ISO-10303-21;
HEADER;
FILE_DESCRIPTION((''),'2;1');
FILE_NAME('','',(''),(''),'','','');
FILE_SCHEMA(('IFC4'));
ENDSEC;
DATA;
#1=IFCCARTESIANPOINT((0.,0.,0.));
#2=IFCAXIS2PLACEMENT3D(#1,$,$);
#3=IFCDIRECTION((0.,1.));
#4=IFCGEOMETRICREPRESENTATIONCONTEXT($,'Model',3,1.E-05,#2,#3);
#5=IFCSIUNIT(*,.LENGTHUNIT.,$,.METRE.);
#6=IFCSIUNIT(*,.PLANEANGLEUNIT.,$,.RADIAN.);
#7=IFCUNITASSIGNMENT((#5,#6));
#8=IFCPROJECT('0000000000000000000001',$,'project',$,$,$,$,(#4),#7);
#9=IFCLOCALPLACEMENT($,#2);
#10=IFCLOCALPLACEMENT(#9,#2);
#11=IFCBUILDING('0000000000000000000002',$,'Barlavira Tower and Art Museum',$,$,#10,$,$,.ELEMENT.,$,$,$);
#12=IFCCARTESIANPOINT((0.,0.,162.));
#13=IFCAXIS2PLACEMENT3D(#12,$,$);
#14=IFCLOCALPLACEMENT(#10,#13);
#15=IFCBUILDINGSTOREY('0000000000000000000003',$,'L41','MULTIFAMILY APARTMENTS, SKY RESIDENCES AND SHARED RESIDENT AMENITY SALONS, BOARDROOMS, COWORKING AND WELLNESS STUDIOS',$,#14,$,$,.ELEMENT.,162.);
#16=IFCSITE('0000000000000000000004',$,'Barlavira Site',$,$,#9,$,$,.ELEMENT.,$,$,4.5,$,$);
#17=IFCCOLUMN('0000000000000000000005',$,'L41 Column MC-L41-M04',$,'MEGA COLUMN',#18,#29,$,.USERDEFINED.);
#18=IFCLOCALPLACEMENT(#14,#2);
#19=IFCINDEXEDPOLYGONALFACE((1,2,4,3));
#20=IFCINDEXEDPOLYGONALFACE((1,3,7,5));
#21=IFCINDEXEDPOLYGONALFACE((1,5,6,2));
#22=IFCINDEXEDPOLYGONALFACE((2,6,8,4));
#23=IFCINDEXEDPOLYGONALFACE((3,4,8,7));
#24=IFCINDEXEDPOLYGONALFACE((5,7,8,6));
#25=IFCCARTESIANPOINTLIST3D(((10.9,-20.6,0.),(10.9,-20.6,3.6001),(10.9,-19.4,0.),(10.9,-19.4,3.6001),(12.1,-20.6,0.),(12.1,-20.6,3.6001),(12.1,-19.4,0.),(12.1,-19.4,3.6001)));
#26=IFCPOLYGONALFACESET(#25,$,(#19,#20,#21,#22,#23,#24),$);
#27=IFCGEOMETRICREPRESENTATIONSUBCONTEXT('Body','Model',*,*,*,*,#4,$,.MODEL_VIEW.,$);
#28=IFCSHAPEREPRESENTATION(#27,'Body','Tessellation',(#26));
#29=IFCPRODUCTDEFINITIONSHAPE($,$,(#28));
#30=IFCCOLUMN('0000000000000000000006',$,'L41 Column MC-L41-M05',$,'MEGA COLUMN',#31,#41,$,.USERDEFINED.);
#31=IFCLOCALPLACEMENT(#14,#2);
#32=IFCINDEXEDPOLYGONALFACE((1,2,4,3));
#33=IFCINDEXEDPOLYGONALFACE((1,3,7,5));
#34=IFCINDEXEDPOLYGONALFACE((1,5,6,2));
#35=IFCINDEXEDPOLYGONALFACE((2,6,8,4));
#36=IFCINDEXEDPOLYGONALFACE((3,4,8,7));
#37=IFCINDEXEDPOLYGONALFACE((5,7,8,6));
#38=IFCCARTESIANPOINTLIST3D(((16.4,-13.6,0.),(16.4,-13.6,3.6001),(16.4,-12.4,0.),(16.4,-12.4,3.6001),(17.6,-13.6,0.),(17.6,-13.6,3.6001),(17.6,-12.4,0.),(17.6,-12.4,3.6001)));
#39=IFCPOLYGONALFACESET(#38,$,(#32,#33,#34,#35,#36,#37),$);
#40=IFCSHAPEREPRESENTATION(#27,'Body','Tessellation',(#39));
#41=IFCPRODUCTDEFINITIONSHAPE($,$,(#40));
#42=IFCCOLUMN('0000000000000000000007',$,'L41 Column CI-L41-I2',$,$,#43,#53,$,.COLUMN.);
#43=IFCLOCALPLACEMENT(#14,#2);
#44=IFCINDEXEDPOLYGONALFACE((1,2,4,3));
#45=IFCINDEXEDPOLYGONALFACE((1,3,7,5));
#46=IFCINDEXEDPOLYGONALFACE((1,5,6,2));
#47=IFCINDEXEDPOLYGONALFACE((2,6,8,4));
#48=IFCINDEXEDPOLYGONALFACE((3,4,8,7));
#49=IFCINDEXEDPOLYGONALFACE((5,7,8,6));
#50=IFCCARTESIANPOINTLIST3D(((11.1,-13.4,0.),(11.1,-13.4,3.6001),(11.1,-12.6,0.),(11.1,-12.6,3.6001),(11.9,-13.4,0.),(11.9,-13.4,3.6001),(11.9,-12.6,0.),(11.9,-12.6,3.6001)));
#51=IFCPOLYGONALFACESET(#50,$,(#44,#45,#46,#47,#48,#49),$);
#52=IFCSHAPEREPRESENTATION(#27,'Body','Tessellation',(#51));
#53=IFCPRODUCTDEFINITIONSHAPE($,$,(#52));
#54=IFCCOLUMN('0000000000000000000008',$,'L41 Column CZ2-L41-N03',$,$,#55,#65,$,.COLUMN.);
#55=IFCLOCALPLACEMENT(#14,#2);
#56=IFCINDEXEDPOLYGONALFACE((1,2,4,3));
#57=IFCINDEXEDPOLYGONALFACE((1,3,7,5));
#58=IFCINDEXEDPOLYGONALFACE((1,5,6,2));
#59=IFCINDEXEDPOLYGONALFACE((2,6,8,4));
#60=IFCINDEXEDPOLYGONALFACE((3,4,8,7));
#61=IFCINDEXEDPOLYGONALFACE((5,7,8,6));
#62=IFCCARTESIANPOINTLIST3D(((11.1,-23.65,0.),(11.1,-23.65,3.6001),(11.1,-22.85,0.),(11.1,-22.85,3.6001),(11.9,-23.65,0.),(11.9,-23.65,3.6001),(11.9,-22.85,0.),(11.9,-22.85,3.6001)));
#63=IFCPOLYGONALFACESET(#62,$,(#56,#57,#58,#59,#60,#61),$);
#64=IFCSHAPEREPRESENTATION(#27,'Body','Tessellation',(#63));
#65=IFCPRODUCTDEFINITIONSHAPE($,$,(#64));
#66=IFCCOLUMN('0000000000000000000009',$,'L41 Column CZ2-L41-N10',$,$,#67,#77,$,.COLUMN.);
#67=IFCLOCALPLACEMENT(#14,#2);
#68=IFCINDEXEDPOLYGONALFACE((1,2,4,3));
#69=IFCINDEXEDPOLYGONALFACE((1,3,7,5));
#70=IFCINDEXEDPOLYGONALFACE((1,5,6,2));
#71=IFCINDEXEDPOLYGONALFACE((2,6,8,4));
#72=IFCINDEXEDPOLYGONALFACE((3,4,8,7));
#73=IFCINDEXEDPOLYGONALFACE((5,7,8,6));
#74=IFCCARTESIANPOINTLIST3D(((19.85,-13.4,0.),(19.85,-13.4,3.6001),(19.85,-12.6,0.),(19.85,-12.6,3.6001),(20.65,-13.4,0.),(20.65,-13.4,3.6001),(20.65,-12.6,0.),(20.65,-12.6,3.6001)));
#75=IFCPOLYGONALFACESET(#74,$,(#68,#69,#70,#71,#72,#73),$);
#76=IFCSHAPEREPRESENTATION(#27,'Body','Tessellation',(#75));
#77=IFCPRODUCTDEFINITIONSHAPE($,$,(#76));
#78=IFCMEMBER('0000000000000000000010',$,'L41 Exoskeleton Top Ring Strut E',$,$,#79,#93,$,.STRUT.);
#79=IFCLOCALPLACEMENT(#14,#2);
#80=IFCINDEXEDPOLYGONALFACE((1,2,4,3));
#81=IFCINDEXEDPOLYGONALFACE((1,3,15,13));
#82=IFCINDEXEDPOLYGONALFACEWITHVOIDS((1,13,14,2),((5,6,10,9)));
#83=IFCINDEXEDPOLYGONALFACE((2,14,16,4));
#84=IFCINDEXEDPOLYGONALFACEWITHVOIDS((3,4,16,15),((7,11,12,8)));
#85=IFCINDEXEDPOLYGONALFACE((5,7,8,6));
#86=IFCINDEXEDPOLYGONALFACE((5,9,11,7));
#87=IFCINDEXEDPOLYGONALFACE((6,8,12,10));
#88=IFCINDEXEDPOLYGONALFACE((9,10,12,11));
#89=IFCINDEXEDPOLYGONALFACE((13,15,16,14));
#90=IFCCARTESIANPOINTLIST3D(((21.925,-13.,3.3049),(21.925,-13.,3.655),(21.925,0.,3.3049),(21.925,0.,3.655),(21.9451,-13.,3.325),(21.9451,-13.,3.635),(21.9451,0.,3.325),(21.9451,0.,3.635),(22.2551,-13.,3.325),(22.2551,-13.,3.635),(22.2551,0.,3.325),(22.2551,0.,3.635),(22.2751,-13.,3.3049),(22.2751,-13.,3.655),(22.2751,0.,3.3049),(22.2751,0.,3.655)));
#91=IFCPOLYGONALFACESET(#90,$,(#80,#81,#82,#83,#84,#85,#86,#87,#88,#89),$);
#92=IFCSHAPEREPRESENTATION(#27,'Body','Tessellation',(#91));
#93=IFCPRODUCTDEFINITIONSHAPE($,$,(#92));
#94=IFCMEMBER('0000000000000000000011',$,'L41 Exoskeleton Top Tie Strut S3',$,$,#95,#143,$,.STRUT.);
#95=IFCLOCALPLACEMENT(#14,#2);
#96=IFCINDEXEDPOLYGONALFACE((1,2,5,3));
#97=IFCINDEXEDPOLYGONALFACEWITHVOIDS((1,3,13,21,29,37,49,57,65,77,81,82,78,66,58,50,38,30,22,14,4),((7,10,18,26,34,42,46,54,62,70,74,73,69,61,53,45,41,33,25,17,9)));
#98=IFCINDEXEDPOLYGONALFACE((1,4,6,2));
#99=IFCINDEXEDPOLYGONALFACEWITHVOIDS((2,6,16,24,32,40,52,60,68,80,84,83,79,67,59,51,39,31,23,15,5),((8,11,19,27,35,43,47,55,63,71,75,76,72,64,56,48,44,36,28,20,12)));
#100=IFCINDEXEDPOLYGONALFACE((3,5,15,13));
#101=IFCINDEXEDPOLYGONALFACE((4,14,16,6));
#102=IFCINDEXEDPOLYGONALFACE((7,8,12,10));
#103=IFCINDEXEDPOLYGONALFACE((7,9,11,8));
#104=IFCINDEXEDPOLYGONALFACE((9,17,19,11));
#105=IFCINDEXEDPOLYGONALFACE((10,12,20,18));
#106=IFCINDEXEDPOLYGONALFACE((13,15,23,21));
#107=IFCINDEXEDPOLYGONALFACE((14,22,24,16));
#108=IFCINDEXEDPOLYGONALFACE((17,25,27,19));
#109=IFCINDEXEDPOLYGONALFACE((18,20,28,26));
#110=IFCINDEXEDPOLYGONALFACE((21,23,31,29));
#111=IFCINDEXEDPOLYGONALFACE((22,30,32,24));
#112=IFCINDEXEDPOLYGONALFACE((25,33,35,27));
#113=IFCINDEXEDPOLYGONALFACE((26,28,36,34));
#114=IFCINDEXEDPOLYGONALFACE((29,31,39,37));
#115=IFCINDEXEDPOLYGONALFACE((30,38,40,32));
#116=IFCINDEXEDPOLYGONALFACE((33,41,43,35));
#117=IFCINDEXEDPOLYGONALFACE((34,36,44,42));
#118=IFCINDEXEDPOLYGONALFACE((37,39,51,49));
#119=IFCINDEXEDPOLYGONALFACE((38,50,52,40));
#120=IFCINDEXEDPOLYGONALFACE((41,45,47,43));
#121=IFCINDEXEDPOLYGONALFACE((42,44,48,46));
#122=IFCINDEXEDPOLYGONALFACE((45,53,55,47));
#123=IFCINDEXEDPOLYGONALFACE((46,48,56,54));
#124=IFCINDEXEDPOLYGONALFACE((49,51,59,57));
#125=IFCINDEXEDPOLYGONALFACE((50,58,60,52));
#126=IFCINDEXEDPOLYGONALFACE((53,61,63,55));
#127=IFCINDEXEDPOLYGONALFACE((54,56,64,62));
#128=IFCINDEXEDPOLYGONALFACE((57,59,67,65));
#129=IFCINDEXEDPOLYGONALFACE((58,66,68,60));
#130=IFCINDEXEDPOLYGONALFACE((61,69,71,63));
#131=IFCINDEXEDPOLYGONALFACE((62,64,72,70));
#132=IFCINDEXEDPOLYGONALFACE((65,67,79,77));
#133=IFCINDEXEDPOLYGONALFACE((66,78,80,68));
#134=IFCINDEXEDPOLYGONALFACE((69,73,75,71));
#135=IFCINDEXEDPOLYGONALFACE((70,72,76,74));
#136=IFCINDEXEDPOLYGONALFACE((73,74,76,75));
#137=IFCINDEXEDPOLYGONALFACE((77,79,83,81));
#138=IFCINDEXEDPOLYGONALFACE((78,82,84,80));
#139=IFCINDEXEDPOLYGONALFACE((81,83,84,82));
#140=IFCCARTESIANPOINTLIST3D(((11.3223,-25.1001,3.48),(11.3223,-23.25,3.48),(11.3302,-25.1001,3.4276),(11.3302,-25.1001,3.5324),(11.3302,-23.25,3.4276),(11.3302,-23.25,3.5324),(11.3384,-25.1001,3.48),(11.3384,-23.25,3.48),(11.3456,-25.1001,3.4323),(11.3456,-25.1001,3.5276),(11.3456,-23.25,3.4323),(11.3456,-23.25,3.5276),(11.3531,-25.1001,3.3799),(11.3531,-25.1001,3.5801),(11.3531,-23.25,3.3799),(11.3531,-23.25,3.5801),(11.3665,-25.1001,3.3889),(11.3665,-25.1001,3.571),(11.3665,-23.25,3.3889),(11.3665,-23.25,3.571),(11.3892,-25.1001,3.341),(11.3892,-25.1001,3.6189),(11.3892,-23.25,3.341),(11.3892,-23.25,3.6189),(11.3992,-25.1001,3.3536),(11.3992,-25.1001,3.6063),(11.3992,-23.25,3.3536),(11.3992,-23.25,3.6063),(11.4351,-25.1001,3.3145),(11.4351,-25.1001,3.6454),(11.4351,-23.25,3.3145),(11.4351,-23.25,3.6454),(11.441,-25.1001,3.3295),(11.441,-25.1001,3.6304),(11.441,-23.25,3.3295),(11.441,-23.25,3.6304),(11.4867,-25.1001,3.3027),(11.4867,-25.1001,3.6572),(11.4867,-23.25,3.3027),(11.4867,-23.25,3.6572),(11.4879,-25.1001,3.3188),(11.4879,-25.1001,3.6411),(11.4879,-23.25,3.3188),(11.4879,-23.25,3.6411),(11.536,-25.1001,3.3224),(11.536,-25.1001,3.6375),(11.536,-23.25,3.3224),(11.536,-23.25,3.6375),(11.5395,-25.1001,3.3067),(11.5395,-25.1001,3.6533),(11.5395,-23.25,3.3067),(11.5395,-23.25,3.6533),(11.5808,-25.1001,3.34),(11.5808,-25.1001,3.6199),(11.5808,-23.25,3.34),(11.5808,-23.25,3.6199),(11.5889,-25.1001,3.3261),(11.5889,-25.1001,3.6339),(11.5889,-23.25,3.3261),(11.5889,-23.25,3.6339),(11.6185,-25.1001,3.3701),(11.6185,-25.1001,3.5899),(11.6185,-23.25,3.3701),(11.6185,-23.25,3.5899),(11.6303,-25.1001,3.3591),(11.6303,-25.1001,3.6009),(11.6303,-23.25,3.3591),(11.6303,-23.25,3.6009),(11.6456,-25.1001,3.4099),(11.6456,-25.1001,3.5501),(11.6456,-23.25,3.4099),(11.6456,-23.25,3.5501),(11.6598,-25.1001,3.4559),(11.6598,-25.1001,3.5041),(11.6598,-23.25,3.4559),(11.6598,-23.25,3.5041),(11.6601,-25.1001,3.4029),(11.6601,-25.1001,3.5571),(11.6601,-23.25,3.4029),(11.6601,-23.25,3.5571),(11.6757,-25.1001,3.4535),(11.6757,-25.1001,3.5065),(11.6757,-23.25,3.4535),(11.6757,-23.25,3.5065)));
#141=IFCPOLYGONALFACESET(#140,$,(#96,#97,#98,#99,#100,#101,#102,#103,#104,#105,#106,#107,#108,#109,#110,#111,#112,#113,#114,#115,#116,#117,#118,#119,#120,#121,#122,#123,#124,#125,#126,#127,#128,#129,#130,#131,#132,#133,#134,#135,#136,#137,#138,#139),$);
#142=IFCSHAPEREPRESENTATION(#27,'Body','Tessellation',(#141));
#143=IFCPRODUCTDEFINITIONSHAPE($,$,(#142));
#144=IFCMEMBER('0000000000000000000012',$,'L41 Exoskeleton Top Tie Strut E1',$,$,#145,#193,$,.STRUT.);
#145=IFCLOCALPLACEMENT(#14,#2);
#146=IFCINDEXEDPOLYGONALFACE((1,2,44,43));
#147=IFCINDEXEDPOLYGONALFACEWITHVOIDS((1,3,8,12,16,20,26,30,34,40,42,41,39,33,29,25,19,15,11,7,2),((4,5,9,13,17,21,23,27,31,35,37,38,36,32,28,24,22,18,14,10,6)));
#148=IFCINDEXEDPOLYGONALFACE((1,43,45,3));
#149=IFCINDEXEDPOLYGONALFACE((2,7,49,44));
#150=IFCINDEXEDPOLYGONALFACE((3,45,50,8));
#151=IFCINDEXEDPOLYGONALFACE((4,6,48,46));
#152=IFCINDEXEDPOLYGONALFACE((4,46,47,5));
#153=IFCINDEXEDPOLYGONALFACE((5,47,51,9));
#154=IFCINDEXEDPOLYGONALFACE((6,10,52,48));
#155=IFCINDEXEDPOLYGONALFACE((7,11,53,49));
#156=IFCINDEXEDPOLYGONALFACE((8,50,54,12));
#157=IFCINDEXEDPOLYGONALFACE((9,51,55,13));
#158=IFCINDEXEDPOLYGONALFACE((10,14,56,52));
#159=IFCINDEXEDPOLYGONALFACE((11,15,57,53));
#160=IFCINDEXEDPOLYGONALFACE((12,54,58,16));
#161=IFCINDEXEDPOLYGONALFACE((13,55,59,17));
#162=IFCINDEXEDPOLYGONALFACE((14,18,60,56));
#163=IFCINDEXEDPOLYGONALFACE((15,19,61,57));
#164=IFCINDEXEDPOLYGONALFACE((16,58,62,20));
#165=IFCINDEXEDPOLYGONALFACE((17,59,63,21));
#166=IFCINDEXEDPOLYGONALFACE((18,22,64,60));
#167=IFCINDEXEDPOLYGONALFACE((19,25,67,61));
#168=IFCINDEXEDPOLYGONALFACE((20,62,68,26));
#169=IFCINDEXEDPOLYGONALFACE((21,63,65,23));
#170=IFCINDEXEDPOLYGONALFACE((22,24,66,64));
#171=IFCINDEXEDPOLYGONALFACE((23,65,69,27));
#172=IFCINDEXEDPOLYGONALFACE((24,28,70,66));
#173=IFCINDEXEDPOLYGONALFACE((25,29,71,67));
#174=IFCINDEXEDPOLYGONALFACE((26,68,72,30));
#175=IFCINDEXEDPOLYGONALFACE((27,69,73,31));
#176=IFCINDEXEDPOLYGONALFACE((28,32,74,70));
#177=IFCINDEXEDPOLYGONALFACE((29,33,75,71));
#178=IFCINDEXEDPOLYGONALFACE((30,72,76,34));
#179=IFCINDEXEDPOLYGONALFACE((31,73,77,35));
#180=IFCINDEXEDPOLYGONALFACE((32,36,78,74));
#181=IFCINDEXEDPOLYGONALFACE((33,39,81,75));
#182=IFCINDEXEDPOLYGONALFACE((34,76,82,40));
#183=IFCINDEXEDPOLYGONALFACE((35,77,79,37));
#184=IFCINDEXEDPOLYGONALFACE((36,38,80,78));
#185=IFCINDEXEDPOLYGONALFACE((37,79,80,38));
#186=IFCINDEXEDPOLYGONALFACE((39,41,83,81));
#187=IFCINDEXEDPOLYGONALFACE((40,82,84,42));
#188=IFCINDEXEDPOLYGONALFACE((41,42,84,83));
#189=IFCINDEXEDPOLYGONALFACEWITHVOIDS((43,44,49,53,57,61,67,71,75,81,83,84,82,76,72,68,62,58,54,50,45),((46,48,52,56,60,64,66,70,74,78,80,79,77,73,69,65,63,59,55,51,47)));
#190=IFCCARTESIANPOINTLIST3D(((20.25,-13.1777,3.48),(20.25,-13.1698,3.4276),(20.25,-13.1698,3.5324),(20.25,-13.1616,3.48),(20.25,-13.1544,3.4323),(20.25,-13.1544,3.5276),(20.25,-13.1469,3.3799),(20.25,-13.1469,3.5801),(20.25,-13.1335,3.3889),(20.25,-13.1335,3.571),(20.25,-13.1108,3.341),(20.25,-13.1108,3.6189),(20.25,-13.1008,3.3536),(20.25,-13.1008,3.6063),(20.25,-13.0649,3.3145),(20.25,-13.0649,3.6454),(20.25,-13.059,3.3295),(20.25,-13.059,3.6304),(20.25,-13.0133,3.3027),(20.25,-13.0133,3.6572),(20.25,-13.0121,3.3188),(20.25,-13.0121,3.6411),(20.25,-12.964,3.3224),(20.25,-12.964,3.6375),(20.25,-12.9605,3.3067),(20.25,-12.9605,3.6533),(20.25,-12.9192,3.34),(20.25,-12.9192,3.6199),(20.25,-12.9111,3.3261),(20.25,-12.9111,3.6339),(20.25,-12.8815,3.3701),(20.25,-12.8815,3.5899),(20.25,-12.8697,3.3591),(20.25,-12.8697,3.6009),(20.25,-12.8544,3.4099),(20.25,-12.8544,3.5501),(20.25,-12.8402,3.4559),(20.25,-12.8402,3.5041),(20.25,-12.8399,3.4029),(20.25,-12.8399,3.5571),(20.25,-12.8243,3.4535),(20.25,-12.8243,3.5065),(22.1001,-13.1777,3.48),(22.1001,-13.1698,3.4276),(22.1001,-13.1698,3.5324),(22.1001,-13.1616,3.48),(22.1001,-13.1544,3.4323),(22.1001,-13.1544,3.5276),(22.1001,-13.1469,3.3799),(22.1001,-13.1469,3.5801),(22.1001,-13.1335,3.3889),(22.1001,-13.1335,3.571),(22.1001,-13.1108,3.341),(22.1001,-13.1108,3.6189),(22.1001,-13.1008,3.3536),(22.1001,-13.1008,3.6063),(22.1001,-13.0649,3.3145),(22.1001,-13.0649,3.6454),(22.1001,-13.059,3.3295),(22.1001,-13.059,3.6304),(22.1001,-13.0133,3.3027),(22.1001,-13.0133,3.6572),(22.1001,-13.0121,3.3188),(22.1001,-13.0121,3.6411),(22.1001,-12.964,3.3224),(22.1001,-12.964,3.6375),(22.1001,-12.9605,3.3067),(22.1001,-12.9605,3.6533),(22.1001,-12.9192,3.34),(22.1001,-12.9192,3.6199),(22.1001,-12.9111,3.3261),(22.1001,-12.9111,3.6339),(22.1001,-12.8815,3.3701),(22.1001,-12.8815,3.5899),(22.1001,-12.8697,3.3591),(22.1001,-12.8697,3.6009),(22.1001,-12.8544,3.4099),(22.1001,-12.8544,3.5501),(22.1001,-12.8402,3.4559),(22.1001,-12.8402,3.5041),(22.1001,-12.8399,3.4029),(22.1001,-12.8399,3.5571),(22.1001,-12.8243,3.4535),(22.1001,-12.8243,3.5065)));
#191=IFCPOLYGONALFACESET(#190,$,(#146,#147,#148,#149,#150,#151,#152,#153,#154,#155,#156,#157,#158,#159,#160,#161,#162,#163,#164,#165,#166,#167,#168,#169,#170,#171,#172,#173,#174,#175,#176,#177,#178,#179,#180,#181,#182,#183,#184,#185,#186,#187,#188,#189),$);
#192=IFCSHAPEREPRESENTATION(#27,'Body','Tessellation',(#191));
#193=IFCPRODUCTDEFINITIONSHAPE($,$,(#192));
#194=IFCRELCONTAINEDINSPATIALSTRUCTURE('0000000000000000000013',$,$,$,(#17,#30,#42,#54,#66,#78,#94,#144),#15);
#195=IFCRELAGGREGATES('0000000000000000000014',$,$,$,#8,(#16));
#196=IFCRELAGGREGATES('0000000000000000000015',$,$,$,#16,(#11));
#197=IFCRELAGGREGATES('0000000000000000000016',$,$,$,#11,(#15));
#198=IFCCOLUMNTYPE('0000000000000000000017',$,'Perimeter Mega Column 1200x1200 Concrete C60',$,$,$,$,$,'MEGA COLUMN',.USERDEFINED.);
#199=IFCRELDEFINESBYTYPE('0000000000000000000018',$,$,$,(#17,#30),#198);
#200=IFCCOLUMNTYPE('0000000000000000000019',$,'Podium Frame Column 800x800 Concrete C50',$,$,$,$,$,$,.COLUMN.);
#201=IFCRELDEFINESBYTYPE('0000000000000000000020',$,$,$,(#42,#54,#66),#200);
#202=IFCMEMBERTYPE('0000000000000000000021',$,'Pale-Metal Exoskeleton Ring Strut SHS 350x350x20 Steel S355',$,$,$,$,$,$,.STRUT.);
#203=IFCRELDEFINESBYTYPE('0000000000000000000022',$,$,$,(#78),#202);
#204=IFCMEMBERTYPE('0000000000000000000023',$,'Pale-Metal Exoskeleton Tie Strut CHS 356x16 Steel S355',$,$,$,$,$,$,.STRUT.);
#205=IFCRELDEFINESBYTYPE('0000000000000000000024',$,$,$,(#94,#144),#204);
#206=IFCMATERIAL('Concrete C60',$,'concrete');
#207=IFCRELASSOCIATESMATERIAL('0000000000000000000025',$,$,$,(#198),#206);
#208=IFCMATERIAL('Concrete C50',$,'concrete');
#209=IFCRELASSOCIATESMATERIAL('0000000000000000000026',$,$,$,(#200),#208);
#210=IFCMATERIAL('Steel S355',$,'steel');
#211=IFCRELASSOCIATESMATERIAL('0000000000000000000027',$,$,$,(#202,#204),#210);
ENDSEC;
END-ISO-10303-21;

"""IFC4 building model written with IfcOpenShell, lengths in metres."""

from ifc_helpers import new_model, si_unit, direction, frame, origin, origin_2d, place, context, subcontext, project, spatial, rectangle, hollow_rectangle, hollow_circle, extrude, material, material_profile, profile_set, type_object, element, save


model = new_model("IFC4")

# Units and contexts
model_context = context("Model", 3, precision=1e-05, world=origin(), true_north=direction((0.0, 1.0)))
body_context = subcontext(model_context, "Body", "Model", "MODEL_VIEW")
ifc_project = project(units=[si_unit("LENGTHUNIT", "METRE"), si_unit("PLANEANGLEUNIT", "RADIAN")], contexts=[model_context])

# Site, building, storey
site_placement = place(None, origin())
site = spatial("IfcSite", under=ifc_project, at=site_placement, Name="Barlavira Site", CompositionType="ELEMENT", RefElevation=4.5)
building_placement = place(site_placement, origin())
building = spatial("IfcBuilding", under=site, at=building_placement, Name="Barlavira Tower and Art Museum", CompositionType="ELEMENT")
storey_placement = place(building_placement, frame((0.0, 0.0, 162.0)))
storey = spatial("IfcBuildingStorey", under=building, at=storey_placement, Name="L41", Description="MULTIFAMILY APARTMENTS, SKY RESIDENCES AND SHARED RESIDENT AMENITY SALONS, BOARDROOMS, COWORKING AND WELLNESS STUDIOS", CompositionType="ELEMENT", Elevation=162.0)

# Columns
ifc_material_1 = material(Name="Concrete C60", Category="concrete")
ifc_material_profile_1 = material_profile(ifc_material_1, rectangle(XDim=1.2, YDim=1.2, at=origin_2d()), Name="RC-COL 1200x1200")
ifc_profile_set_1 = profile_set([ifc_material_profile_1], Name="Concrete C60")
column_type_1 = type_object("IfcColumnType", Name="Perimeter Mega Column 1200x1200 Concrete C60", ElementType="MEGA COLUMN", PredefinedType="USERDEFINED", material=ifc_profile_set_1)
for number, where, z_axis, x_axis, name in (
    (1, (11.5, -20.0, 0.0), (0.0, 0.0, 1.0), (1.0, 0.0, 0.0), "L41 Column MC-L41-M04"),
    (2, (17.0, -13.0, 0.0), (0.0, 0.0, 1.0), (1.0, 0.0, 0.0), "L41 Column MC-L41-M05"),
):
    element("IfcColumn", number, at=place(storey_placement, frame(where, z_axis=z_axis, x_axis=x_axis)), inside=storey, type_object=column_type_1, Name=name, ObjectType="MEGA COLUMN", PredefinedType="USERDEFINED", context=body_context, shape_type="SweptSolid", body=[
        extrude(rectangle(XDim=1.2, YDim=1.2, at=origin_2d()), origin(), (0.0, 0.0, 1.0), 3.6001),
    ])
ifc_material_2 = material(Name="Concrete C50", Category="concrete")
ifc_material_profile_2 = material_profile(ifc_material_2, rectangle(XDim=0.8, YDim=0.8, at=origin_2d()), Name="RC-COL 800x800")
ifc_profile_set_2 = profile_set([ifc_material_profile_2], Name="Concrete C50")
column_type_2 = type_object("IfcColumnType", Name="Podium Frame Column 800x800 Concrete C50", PredefinedType="COLUMN", material=ifc_profile_set_2)
for number, where, z_axis, x_axis, name in (
    (3, (11.5, -13.0, 0.0), (0.0, 0.0, 1.0), (1.0, 0.0, 0.0), "L41 Column CI-L41-I2"),
    (4, (11.5, -23.25, 0.0), (0.0, 0.0, 1.0), (1.0, 0.0, 0.0), "L41 Column CZ2-L41-N03"),
    (5, (20.25, -13.0, 0.0), (0.0, 0.0, 1.0), (1.0, 0.0, 0.0), "L41 Column CZ2-L41-N10"),
):
    element("IfcColumn", number, at=place(storey_placement, frame(where, z_axis=z_axis, x_axis=x_axis)), inside=storey, type_object=column_type_2, Name=name, PredefinedType="COLUMN", context=body_context, shape_type="SweptSolid", body=[
        extrude(rectangle(XDim=0.8, YDim=0.8, at=origin_2d()), origin(), (0.0, 0.0, 1.0), 3.6001),
    ])

# Members
ifc_material_3 = material(Name="Steel S355", Category="steel")
ifc_material_profile_3 = material_profile(ifc_material_3, hollow_rectangle(XDim=0.3501, YDim=0.3501, WallThickness=0.02, at=origin_2d()), Name="SHS 350x350x20.0")
ifc_profile_set_3 = profile_set([ifc_material_profile_3], Name="Steel S355")
member_type_1 = type_object("IfcMemberType", Name="Pale-Metal Exoskeleton Ring Strut SHS 350x350x20 Steel S355", PredefinedType="STRUT", material=ifc_profile_set_3)
member_placement = place(storey_placement, frame((22.1001, -13.0, 3.48), z_axis=(0.0, 1.0, 0.0), x_axis=(-1.0, 0.0, 0.0)))
element("IfcMember", 6, at=member_placement, inside=storey, type_object=member_type_1, Name="L41 Exoskeleton Top Ring Strut E", PredefinedType="STRUT", context=body_context, shape_type="SweptSolid", body=[
    extrude(hollow_rectangle(XDim=0.3501, YDim=0.3501, WallThickness=0.02, at=origin_2d()), origin(), (0.0, 0.0, 1.0), 13.0),
])
ifc_material_profile_4 = material_profile(ifc_material_3, hollow_circle(Radius=0.1777, WallThickness=0.0161, at=origin_2d()), Name="CHS 355.6x16.0")
ifc_profile_set_4 = profile_set([ifc_material_profile_4], Name="Steel S355")
member_type_2 = type_object("IfcMemberType", Name="Pale-Metal Exoskeleton Tie Strut CHS 356x16 Steel S355", PredefinedType="STRUT", material=ifc_profile_set_4)
for number, where, z_axis, x_axis, name in (
    (7, (11.5, -25.1001, 3.48), (0.0, 1.0, 0.0), (-1.0, 0.0, 0.0), "L41 Exoskeleton Top Tie Strut S3"),
    (8, (22.1001, -13.0, 3.48), (-1.0, 0.0, 0.0), (0.0, -1.0, 0.0), "L41 Exoskeleton Top Tie Strut E1"),
):
    element("IfcMember", number, at=place(storey_placement, frame(where, z_axis=z_axis, x_axis=x_axis)), inside=storey, type_object=member_type_2, Name=name, PredefinedType="STRUT", context=body_context, shape_type="SweptSolid", body=[
        extrude(hollow_circle(Radius=0.1777, WallThickness=0.0161, at=origin_2d()), origin(), (0.0, 0.0, 1.0), 1.8501),
    ])

save(model, "model.ifc")
